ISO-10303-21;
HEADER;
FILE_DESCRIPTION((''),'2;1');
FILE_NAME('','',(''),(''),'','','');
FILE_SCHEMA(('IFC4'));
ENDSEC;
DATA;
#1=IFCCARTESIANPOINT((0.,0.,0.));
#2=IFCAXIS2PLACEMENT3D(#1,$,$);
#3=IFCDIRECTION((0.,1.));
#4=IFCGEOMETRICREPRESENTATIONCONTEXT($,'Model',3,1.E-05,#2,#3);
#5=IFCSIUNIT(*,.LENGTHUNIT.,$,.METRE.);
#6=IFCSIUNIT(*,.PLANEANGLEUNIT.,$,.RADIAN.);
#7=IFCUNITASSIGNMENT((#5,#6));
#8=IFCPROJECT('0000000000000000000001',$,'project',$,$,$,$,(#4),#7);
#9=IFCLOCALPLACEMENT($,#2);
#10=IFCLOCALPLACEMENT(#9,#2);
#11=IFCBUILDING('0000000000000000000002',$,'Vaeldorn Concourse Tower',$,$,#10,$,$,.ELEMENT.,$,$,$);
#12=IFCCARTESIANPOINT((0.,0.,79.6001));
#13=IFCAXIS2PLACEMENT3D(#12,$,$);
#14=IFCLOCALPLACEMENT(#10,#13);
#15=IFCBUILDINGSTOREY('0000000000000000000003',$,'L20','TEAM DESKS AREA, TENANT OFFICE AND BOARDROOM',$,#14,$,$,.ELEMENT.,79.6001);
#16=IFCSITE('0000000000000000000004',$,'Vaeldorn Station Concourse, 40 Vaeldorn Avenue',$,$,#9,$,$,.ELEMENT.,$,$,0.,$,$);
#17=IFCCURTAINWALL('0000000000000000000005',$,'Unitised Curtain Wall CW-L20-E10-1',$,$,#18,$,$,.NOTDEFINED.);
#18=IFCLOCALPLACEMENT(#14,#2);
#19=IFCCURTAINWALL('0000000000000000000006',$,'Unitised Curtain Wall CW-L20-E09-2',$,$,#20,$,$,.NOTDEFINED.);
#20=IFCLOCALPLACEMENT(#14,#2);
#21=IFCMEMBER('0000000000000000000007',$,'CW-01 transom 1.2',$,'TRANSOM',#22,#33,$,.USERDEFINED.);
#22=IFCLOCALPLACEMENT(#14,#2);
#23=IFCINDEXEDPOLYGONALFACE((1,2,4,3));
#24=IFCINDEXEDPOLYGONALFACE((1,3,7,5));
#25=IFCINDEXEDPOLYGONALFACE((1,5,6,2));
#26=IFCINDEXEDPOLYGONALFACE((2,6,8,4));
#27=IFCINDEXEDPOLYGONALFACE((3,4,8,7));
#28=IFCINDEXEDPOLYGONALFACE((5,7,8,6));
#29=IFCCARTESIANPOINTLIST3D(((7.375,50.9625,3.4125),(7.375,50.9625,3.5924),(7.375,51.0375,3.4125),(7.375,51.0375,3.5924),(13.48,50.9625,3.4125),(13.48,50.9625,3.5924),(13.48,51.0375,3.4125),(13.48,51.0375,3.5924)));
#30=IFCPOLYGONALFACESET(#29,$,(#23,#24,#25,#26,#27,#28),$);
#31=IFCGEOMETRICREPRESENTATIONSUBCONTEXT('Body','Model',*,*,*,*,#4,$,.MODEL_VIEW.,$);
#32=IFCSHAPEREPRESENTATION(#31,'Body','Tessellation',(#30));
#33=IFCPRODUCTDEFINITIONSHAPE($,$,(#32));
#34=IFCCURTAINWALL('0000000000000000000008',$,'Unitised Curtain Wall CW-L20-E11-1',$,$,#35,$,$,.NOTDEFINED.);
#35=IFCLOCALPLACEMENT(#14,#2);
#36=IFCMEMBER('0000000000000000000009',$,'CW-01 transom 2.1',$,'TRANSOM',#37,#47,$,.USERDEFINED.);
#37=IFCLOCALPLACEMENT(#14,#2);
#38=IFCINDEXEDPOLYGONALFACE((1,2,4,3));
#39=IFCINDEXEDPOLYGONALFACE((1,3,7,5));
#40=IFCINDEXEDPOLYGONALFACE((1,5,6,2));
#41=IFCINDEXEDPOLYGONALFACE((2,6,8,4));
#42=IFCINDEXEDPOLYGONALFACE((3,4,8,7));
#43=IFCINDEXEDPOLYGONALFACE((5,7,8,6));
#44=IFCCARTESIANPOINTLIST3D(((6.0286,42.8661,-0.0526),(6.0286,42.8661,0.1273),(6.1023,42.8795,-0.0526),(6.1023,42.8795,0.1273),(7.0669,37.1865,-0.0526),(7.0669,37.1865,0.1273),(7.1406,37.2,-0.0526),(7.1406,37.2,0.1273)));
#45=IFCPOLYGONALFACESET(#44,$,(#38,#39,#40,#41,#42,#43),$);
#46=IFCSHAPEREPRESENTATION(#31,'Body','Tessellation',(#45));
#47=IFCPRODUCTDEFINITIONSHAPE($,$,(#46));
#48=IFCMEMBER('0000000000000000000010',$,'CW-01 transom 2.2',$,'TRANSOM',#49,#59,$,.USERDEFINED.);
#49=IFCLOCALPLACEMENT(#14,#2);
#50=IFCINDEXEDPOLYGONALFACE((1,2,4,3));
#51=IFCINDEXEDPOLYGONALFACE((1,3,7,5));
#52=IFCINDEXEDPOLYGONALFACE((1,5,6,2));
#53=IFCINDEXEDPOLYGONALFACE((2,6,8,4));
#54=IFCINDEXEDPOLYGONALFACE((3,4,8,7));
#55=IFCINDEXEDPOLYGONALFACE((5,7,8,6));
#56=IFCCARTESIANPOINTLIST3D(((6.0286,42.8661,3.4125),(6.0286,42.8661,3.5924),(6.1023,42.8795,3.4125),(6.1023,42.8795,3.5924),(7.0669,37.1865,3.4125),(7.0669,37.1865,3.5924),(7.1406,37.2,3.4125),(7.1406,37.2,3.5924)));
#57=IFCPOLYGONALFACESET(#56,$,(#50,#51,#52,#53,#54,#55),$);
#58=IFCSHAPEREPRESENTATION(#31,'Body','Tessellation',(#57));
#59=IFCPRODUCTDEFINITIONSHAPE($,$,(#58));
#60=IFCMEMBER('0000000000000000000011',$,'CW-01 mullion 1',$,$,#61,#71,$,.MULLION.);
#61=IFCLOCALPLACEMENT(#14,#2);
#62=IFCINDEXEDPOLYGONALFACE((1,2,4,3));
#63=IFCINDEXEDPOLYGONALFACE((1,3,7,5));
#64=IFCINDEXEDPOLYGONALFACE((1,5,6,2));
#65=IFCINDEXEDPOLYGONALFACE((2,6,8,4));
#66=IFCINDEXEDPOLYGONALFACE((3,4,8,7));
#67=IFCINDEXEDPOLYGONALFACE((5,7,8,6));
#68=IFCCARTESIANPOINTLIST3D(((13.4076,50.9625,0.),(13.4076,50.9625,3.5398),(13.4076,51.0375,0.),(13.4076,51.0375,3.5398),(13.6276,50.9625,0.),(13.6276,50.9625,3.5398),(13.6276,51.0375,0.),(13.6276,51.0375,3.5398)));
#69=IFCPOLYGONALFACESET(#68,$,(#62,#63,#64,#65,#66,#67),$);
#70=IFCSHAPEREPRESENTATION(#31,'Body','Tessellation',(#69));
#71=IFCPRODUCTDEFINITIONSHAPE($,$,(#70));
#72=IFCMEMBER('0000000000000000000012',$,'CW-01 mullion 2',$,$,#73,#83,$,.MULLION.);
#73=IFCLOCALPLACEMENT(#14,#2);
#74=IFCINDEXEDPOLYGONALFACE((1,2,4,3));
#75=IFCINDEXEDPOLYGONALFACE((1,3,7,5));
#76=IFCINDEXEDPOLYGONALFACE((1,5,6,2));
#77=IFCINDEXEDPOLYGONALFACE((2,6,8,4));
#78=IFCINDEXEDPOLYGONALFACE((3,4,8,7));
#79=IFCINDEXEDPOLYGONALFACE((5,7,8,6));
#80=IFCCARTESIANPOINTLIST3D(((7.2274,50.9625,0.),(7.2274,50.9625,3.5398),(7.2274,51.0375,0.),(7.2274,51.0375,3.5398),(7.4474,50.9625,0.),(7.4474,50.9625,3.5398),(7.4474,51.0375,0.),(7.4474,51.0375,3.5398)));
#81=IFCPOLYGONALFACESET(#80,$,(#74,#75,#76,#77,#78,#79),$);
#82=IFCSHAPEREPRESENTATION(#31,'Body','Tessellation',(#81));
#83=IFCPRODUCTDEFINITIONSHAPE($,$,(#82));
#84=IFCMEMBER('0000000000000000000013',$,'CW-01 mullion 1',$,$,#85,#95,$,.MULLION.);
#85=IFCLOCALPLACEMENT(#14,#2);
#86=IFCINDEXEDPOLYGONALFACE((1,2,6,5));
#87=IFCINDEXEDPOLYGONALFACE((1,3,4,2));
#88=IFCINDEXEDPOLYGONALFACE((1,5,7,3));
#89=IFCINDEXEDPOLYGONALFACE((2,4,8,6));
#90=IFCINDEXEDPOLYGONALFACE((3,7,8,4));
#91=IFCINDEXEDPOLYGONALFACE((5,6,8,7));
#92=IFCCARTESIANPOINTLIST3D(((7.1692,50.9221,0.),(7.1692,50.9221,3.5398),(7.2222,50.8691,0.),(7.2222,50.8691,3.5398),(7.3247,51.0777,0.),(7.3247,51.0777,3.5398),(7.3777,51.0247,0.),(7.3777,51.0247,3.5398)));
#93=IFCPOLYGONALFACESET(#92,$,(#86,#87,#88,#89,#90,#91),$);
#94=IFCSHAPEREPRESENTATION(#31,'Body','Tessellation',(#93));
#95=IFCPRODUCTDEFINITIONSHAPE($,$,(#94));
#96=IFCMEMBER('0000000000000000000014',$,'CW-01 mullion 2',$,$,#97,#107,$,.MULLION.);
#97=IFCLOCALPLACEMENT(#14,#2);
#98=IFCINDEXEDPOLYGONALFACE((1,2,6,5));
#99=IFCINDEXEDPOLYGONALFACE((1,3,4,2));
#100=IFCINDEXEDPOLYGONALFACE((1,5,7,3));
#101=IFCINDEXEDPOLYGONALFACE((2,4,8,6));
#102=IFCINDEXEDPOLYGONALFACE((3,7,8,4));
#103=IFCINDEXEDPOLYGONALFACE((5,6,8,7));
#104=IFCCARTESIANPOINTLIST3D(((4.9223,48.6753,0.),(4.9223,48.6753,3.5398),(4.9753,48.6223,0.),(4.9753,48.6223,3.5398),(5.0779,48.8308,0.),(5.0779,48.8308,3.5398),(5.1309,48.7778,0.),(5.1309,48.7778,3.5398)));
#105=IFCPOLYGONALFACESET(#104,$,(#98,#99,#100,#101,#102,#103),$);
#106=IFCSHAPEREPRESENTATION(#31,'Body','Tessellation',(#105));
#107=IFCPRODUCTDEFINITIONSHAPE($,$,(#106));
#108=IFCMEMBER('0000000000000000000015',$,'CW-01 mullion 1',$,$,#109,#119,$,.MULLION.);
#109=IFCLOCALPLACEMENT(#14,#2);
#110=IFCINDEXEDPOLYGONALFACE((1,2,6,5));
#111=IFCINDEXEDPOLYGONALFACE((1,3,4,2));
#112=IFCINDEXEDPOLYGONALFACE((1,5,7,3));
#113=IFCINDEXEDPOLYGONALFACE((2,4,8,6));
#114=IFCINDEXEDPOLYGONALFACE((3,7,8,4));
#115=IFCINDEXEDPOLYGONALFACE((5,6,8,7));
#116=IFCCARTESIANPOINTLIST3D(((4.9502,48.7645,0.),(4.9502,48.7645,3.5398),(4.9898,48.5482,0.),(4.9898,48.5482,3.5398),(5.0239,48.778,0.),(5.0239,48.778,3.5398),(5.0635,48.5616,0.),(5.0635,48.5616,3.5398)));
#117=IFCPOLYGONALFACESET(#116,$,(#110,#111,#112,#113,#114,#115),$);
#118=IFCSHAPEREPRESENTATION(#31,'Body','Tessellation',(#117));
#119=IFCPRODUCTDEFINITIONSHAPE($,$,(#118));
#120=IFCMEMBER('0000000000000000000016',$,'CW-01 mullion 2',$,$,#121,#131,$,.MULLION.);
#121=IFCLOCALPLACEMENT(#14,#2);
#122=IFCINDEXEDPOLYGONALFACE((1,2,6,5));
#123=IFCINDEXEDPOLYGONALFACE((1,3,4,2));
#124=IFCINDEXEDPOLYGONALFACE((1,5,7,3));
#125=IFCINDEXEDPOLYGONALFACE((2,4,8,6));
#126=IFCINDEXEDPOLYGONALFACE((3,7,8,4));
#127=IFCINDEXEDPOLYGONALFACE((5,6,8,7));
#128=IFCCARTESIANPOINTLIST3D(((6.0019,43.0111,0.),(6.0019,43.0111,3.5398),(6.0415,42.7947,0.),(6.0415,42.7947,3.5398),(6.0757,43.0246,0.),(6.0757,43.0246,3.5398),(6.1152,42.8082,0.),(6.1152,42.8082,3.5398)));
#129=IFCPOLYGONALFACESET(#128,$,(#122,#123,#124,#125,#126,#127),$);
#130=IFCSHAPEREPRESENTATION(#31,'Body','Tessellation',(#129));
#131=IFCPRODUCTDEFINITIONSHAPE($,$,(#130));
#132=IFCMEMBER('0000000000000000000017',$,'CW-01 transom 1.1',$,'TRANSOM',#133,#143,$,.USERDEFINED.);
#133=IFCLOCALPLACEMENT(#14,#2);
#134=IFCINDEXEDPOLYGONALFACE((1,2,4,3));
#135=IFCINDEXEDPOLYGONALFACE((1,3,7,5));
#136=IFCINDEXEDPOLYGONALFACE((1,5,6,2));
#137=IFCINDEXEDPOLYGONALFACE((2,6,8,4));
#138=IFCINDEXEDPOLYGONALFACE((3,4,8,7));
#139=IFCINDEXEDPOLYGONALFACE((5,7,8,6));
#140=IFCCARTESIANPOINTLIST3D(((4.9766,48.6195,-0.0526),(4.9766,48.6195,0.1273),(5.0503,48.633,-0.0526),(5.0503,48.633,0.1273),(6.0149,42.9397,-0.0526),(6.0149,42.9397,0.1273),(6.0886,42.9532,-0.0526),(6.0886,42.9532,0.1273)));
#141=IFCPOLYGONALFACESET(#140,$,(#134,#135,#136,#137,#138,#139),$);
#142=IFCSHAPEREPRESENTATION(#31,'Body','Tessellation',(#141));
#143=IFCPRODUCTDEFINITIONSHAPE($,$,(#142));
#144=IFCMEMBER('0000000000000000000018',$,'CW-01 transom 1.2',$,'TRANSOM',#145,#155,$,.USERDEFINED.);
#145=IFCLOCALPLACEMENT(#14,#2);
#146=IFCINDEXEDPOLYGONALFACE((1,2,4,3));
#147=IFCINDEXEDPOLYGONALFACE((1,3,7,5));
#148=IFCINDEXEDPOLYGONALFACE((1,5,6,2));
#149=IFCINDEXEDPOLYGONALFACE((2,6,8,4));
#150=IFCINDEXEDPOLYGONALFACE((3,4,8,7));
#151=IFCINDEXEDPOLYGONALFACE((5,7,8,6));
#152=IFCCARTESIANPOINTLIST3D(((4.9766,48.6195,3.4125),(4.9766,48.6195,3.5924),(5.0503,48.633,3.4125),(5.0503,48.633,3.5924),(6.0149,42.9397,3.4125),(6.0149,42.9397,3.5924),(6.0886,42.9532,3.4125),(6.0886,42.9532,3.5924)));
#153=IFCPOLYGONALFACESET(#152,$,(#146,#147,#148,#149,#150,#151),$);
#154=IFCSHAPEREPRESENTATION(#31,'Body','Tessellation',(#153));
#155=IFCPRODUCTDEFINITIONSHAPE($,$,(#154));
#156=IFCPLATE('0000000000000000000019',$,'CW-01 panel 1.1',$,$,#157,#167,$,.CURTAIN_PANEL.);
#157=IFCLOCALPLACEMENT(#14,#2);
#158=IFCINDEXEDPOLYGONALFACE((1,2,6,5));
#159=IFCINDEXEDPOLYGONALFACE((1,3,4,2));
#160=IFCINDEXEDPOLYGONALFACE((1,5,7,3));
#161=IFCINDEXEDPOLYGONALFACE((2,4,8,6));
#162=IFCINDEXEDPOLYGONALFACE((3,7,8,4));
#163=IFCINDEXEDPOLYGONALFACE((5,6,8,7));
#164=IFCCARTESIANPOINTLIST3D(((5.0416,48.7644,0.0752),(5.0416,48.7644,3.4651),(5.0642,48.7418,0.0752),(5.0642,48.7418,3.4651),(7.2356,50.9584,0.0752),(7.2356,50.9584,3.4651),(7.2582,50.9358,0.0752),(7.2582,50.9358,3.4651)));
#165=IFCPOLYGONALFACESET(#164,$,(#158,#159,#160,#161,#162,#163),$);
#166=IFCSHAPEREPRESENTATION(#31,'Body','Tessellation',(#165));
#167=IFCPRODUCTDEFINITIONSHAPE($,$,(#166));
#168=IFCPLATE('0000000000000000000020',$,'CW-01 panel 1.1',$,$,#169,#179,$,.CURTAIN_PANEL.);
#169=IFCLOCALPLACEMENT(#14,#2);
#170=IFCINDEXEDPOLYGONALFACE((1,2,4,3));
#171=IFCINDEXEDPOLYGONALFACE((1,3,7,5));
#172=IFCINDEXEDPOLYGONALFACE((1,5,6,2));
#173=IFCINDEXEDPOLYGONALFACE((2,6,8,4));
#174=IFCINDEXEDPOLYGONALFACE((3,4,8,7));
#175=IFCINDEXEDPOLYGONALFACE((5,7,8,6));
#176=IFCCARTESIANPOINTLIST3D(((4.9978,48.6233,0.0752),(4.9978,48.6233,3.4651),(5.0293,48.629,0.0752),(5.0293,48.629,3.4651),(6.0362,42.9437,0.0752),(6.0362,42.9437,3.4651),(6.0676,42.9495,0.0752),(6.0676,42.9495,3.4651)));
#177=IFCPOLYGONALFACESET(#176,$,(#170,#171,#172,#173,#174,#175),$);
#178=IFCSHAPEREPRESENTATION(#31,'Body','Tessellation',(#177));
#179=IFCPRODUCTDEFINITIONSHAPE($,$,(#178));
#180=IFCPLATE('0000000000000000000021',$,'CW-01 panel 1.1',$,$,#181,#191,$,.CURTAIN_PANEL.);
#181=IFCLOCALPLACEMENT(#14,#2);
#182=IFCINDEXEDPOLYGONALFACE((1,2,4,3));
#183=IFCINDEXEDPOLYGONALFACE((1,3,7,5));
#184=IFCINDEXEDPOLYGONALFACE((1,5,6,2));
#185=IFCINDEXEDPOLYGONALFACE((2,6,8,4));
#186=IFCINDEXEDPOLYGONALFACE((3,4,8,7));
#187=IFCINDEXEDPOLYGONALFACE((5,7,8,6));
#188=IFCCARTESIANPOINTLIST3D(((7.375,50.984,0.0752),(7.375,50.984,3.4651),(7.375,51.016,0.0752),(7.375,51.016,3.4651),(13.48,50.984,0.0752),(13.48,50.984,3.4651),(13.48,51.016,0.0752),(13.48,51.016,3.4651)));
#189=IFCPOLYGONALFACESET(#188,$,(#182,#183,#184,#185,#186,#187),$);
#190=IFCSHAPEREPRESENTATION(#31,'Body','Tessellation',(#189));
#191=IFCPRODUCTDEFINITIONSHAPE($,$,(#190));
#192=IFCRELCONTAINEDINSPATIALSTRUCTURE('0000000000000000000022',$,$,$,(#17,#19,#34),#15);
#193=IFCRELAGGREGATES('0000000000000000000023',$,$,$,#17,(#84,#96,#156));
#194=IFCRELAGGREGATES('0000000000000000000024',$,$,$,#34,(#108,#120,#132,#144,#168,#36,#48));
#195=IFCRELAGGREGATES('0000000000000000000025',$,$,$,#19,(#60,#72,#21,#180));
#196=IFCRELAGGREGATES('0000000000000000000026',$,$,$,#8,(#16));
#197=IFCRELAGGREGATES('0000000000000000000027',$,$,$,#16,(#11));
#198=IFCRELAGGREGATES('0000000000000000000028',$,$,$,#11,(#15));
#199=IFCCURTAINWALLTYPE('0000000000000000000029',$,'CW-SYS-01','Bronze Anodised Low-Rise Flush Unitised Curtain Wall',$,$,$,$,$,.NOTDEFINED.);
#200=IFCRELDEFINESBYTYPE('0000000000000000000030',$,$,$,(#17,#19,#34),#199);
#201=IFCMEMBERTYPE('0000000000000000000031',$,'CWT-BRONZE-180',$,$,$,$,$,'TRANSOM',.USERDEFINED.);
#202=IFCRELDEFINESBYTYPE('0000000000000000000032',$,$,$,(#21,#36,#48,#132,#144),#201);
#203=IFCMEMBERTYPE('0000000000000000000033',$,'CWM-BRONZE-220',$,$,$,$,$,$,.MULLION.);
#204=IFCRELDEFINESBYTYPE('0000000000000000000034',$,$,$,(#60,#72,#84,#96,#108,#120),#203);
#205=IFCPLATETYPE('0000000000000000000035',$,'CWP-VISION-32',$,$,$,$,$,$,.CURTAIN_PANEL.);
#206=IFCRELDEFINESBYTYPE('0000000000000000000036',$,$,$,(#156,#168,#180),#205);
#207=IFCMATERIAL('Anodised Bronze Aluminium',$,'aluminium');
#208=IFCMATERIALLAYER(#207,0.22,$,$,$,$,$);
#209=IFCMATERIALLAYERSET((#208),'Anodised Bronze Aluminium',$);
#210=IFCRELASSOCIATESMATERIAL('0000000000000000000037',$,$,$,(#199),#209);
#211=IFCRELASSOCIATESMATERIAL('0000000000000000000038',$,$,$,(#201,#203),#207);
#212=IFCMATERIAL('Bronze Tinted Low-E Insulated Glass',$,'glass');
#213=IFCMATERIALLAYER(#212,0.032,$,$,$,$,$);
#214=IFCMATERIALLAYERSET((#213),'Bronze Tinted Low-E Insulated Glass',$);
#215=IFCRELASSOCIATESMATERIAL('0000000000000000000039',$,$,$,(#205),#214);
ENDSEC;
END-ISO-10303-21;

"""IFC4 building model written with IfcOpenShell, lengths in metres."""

from ifc_helpers import new_model, si_unit, direction, frame, origin, origin_2d, place, context, subcontext, project, spatial, rectangle, extrude, source, transform, mapped, material, layer, layer_set, material_profile, profile_set, type_object, element, aggregate, save


model = new_model("IFC4")

# Units and contexts
model_context = context("Model", 3, precision=1e-05, world=origin(), true_north=direction((0.0, 1.0)))
body_context = subcontext(model_context, "Body", "Model", "MODEL_VIEW")
ifc_project = project(units=[si_unit("LENGTHUNIT", "METRE"), si_unit("PLANEANGLEUNIT", "RADIAN")], contexts=[model_context])

# Site, building, storey
site_placement = place(None, origin())
site = spatial("IfcSite", under=ifc_project, at=site_placement, Name="Vaeldorn Station Concourse, 40 Vaeldorn Avenue", CompositionType="ELEMENT", RefElevation=0.0)
building_placement = place(site_placement, origin())
building = spatial("IfcBuilding", under=site, at=building_placement, Name="Vaeldorn Concourse Tower", CompositionType="ELEMENT")
storey_placement = place(building_placement, frame((0.0, 0.0, 79.6001)))
storey = spatial("IfcBuildingStorey", under=building, at=storey_placement, Name="L20", Description="TEAM DESKS AREA, TENANT OFFICE AND BOARDROOM", CompositionType="ELEMENT", Elevation=79.6001)

# Curtain walls, members
ifc_material_1 = material(Name="Anodised Bronze Aluminium", Category="aluminium")
ifc_layer_1 = layer(ifc_material_1, 0.22)
ifc_layer_set_1 = layer_set([ifc_layer_1], Name="Anodised Bronze Aluminium")
curtain_wall_type = type_object("IfcCurtainWallType", Name="CW-SYS-01", Description="Bronze Anodised Low-Rise Flush Unitised Curtain Wall", PredefinedType="NOTDEFINED", material=ifc_layer_set_1)
curtain_wall_1_placement = place(storey_placement, origin())
curtain_wall_1 = element("IfcCurtainWall", 1, at=curtain_wall_1_placement, inside=storey, type_object=curtain_wall_type, Name="Unitised Curtain Wall CW-L20-E10-1", PredefinedType="NOTDEFINED")
ifc_material_profile_1 = material_profile(ifc_material_1, rectangle(XDim=0.075, YDim=0.1799, at=origin_2d()), Name="CWT 75x180")
ifc_profile_set_1 = profile_set([ifc_material_profile_1], Name="Anodised Bronze Aluminium")
member_type_1 = type_object("IfcMemberType", Name="CWT-BRONZE-180", ElementType="TRANSOM", PredefinedType="USERDEFINED", material=ifc_profile_set_1)
curtain_wall_2_placement = place(storey_placement, origin())
curtain_wall_2 = element("IfcCurtainWall", 2, at=curtain_wall_2_placement, inside=storey, type_object=curtain_wall_type, Name="Unitised Curtain Wall CW-L20-E09-2", PredefinedType="NOTDEFINED")
shared_shape_1 = source(origin(), body_context, "Body", "SweptSolid", [
    extrude(rectangle(XDim=0.075, YDim=0.1799, at=origin_2d()), origin(), (0.0, 0.0, 1.0), 6.105),
])
member_1_placement = place(storey_placement, frame((13.48, 51.0, 3.5024), z_axis=(-1.0, 0.0, 0.0), x_axis=(0.0, -1.0, 0.0)))
member_1 = element("IfcMember", 3, at=member_1_placement, type_object=member_type_1, Name="CW-01 transom 1.2", ObjectType="TRANSOM", PredefinedType="USERDEFINED", context=body_context, shape_type="MappedRepresentation", body=[
    mapped(shared_shape_1, transform((0.0, 0.0, 0.0), scale=1.0)),
])
curtain_wall_3_placement = place(storey_placement, origin())
curtain_wall_3 = element("IfcCurtainWall", 4, at=curtain_wall_3_placement, inside=storey, type_object=curtain_wall_type, Name="Unitised Curtain Wall CW-L20-E11-1", PredefinedType="NOTDEFINED")
shared_shape_2 = source(origin(), body_context, "Body", "SweptSolid", [
    extrude(rectangle(XDim=0.075, YDim=0.1799, at=origin_2d()), origin(), (0.0, 0.0, 1.0), 5.7737),
])
member_2_placement = place(storey_placement, frame((6.0654, 42.8728, 0.0374), z_axis=(0.179842, -0.983696, 0.0), x_axis=(0.983696, 0.179842, 0.0)))
member_2 = element("IfcMember", 5, at=member_2_placement, type_object=member_type_1, Name="CW-01 transom 2.1", ObjectType="TRANSOM", PredefinedType="USERDEFINED", context=body_context, shape_type="MappedRepresentation", body=[
    mapped(shared_shape_2, transform((0.0, 0.0, 0.0), scale=1.0)),
])
member_3_placement = place(storey_placement, frame((6.0654, 42.8728, 3.5024), z_axis=(0.179842, -0.983696, 0.0), x_axis=(0.983696, 0.179842, 0.0)))
member_3 = element("IfcMember", 6, at=member_3_placement, type_object=member_type_1, Name="CW-01 transom 2.2", ObjectType="TRANSOM", PredefinedType="USERDEFINED", context=body_context, shape_type="MappedRepresentation", body=[
    mapped(shared_shape_2, transform((0.0, 0.0, 0.0), scale=1.0)),
])

# Members
ifc_material_profile_2 = material_profile(ifc_material_1, rectangle(XDim=0.075, YDim=0.22, at=origin_2d()), Name="CWM 75x220")
ifc_profile_set_2 = profile_set([ifc_material_profile_2], Name="Anodised Bronze Aluminium")
member_type_2 = type_object("IfcMemberType", Name="CWM-BRONZE-220", PredefinedType="MULLION", material=ifc_profile_set_2)
shared_shape_3 = source(origin(), body_context, "Body", "SweptSolid", [
    extrude(rectangle(XDim=0.075, YDim=0.22, at=origin_2d()), origin(), (0.0, 0.0, 1.0), 3.5398),
])
member_4_placement = place(storey_placement, frame((13.5176, 51.0, 0.0), z_axis=(0.0, 0.0, 1.0), x_axis=(0.0, -1.0, 0.0)))
member_4 = element("IfcMember", 7, at=member_4_placement, type_object=member_type_2, Name="CW-01 mullion 1", PredefinedType="MULLION", context=body_context, shape_type="MappedRepresentation", body=[
    mapped(shared_shape_3, transform((0.0, 0.0, 0.0), scale=1.0)),
])
member_5_placement = place(storey_placement, frame((7.3374, 51.0, 0.0), z_axis=(0.0, 0.0, 1.0), x_axis=(0.0, -1.0, 0.0)))
member_5 = element("IfcMember", 8, at=member_5_placement, type_object=member_type_2, Name="CW-01 mullion 2", PredefinedType="MULLION", context=body_context, shape_type="MappedRepresentation", body=[
    mapped(shared_shape_3, transform((0.0, 0.0, 0.0), scale=1.0)),
])
member_6_placement = place(storey_placement, frame((7.2734, 50.9734, 0.0), z_axis=(0.0, 0.0, 1.0), x_axis=(0.707107, -0.707107, 0.0)))
member_6 = element("IfcMember", 9, at=member_6_placement, type_object=member_type_2, Name="CW-01 mullion 1", PredefinedType="MULLION", context=body_context, shape_type="MappedRepresentation", body=[
    mapped(shared_shape_3, transform((0.0, 0.0, 0.0), scale=1.0)),
])
member_7_placement = place(storey_placement, frame((5.0266, 48.7266, 0.0), z_axis=(0.0, 0.0, 1.0), x_axis=(0.707107, -0.707107, 0.0)))
member_7 = element("IfcMember", 10, at=member_7_placement, type_object=member_type_2, Name="CW-01 mullion 2", PredefinedType="MULLION", context=body_context, shape_type="MappedRepresentation", body=[
    mapped(shared_shape_3, transform((0.0, 0.0, 0.0), scale=1.0)),
])
member_8_placement = place(storey_placement, frame((5.0068, 48.6631, 0.0), z_axis=(0.0, 0.0, 1.0), x_axis=(0.983695, 0.179844, 0.0)))
member_8 = element("IfcMember", 11, at=member_8_placement, type_object=member_type_2, Name="CW-01 mullion 1", PredefinedType="MULLION", context=body_context, shape_type="MappedRepresentation", body=[
    mapped(shared_shape_3, transform((0.0, 0.0, 0.0), scale=1.0)),
])
member_9_placement = place(storey_placement, frame((6.0586, 42.9097, 0.0), z_axis=(0.0, 0.0, 1.0), x_axis=(0.983695, 0.179844, 0.0)))
member_9 = element("IfcMember", 12, at=member_9_placement, type_object=member_type_2, Name="CW-01 mullion 2", PredefinedType="MULLION", context=body_context, shape_type="MappedRepresentation", body=[
    mapped(shared_shape_3, transform((0.0, 0.0, 0.0), scale=1.0)),
])
shared_shape_4 = source(origin(), body_context, "Body", "SweptSolid", [
    extrude(rectangle(XDim=0.075, YDim=0.1799, at=origin_2d()), origin(), (0.0, 0.0, 1.0), 5.7739),
])
member_10_placement = place(storey_placement, frame((5.0134, 48.6262, 0.0374), z_axis=(0.179834, -0.983697, 0.0), x_axis=(0.983697, 0.179834, 0.0)))
member_10 = element("IfcMember", 13, at=member_10_placement, type_object=member_type_1, Name="CW-01 transom 1.1", ObjectType="TRANSOM", PredefinedType="USERDEFINED", context=body_context, shape_type="MappedRepresentation", body=[
    mapped(shared_shape_4, transform((0.0, 0.0, 0.0), scale=1.0)),
])
member_11_placement = place(storey_placement, frame((5.0134, 48.6262, 3.5024), z_axis=(0.179834, -0.983697, 0.0), x_axis=(0.983697, 0.179834, 0.0)))
member_11 = element("IfcMember", 14, at=member_11_placement, type_object=member_type_1, Name="CW-01 transom 1.2", ObjectType="TRANSOM", PredefinedType="USERDEFINED", context=body_context, shape_type="MappedRepresentation", body=[
    mapped(shared_shape_4, transform((0.0, 0.0, 0.0), scale=1.0)),
])

# Plates
ifc_material_2 = material(Name="Bronze Tinted Low-E Insulated Glass", Category="glass")
ifc_layer_2 = layer(ifc_material_2, 0.032)
ifc_layer_set_2 = layer_set([ifc_layer_2], Name="Bronze Tinted Low-E Insulated Glass")
plate_type = type_object("IfcPlateType", Name="CWP-VISION-32", PredefinedType="CURTAIN_PANEL", material=ifc_layer_set_2)
shared_shape_5 = source(origin(), body_context, "Body", "SweptSolid", [
    extrude(rectangle(XDim=3.1028, YDim=0.032, at=origin_2d()), origin(), (0.0, 0.0, 1.0), 3.3899),
])
plate_1_placement = place(storey_placement, frame((6.1499, 49.8501, 0.0752), z_axis=(0.0, 0.0, 1.0), x_axis=(-0.707107, -0.707107, 0.0)))
plate_1 = element("IfcPlate", 15, at=plate_1_placement, type_object=plate_type, Name="CW-01 panel 1.1", PredefinedType="CURTAIN_PANEL", context=body_context, shape_type="MappedRepresentation", body=[
    mapped(shared_shape_5, transform((0.0, 0.0, 0.0), scale=1.0)),
])
aggregate(curtain_wall_1, [member_6, member_7, plate_1])
shared_shape_6 = source(origin(), body_context, "Body", "SweptSolid", [
    extrude(rectangle(XDim=5.7737, YDim=0.032, at=origin_2d()), origin(), (0.0, 0.0, 1.0), 3.3899),
])
plate_2_placement = place(storey_placement, frame((5.5327, 45.7864, 0.0752), z_axis=(0.0, 0.0, 1.0), x_axis=(0.179844, -0.983695, 0.0)))
plate_2 = element("IfcPlate", 16, at=plate_2_placement, type_object=plate_type, Name="CW-01 panel 1.1", PredefinedType="CURTAIN_PANEL", context=body_context, shape_type="MappedRepresentation", body=[
    mapped(shared_shape_6, transform((0.0, 0.0, 0.0), scale=1.0)),
])
aggregate(curtain_wall_3, [member_8, member_9, member_10, member_11, plate_2, member_2, member_3])
shared_shape_7 = source(origin(), body_context, "Body", "SweptSolid", [
    extrude(rectangle(XDim=6.105, YDim=0.032, at=origin_2d()), origin(), (0.0, 0.0, 1.0), 3.3899),
])
plate_3_placement = place(storey_placement, frame((10.4275, 51.0, 0.0752), z_axis=(0.0, 0.0, 1.0), x_axis=(-1.0, 0.0, 0.0)))
plate_3 = element("IfcPlate", 17, at=plate_3_placement, type_object=plate_type, Name="CW-01 panel 1.1", PredefinedType="CURTAIN_PANEL", context=body_context, shape_type="MappedRepresentation", body=[
    mapped(shared_shape_7, transform((0.0, 0.0, 0.0), scale=1.0)),
])
aggregate(curtain_wall_2, [member_4, member_5, member_1, plate_3])

save(model, "model.ifc")
